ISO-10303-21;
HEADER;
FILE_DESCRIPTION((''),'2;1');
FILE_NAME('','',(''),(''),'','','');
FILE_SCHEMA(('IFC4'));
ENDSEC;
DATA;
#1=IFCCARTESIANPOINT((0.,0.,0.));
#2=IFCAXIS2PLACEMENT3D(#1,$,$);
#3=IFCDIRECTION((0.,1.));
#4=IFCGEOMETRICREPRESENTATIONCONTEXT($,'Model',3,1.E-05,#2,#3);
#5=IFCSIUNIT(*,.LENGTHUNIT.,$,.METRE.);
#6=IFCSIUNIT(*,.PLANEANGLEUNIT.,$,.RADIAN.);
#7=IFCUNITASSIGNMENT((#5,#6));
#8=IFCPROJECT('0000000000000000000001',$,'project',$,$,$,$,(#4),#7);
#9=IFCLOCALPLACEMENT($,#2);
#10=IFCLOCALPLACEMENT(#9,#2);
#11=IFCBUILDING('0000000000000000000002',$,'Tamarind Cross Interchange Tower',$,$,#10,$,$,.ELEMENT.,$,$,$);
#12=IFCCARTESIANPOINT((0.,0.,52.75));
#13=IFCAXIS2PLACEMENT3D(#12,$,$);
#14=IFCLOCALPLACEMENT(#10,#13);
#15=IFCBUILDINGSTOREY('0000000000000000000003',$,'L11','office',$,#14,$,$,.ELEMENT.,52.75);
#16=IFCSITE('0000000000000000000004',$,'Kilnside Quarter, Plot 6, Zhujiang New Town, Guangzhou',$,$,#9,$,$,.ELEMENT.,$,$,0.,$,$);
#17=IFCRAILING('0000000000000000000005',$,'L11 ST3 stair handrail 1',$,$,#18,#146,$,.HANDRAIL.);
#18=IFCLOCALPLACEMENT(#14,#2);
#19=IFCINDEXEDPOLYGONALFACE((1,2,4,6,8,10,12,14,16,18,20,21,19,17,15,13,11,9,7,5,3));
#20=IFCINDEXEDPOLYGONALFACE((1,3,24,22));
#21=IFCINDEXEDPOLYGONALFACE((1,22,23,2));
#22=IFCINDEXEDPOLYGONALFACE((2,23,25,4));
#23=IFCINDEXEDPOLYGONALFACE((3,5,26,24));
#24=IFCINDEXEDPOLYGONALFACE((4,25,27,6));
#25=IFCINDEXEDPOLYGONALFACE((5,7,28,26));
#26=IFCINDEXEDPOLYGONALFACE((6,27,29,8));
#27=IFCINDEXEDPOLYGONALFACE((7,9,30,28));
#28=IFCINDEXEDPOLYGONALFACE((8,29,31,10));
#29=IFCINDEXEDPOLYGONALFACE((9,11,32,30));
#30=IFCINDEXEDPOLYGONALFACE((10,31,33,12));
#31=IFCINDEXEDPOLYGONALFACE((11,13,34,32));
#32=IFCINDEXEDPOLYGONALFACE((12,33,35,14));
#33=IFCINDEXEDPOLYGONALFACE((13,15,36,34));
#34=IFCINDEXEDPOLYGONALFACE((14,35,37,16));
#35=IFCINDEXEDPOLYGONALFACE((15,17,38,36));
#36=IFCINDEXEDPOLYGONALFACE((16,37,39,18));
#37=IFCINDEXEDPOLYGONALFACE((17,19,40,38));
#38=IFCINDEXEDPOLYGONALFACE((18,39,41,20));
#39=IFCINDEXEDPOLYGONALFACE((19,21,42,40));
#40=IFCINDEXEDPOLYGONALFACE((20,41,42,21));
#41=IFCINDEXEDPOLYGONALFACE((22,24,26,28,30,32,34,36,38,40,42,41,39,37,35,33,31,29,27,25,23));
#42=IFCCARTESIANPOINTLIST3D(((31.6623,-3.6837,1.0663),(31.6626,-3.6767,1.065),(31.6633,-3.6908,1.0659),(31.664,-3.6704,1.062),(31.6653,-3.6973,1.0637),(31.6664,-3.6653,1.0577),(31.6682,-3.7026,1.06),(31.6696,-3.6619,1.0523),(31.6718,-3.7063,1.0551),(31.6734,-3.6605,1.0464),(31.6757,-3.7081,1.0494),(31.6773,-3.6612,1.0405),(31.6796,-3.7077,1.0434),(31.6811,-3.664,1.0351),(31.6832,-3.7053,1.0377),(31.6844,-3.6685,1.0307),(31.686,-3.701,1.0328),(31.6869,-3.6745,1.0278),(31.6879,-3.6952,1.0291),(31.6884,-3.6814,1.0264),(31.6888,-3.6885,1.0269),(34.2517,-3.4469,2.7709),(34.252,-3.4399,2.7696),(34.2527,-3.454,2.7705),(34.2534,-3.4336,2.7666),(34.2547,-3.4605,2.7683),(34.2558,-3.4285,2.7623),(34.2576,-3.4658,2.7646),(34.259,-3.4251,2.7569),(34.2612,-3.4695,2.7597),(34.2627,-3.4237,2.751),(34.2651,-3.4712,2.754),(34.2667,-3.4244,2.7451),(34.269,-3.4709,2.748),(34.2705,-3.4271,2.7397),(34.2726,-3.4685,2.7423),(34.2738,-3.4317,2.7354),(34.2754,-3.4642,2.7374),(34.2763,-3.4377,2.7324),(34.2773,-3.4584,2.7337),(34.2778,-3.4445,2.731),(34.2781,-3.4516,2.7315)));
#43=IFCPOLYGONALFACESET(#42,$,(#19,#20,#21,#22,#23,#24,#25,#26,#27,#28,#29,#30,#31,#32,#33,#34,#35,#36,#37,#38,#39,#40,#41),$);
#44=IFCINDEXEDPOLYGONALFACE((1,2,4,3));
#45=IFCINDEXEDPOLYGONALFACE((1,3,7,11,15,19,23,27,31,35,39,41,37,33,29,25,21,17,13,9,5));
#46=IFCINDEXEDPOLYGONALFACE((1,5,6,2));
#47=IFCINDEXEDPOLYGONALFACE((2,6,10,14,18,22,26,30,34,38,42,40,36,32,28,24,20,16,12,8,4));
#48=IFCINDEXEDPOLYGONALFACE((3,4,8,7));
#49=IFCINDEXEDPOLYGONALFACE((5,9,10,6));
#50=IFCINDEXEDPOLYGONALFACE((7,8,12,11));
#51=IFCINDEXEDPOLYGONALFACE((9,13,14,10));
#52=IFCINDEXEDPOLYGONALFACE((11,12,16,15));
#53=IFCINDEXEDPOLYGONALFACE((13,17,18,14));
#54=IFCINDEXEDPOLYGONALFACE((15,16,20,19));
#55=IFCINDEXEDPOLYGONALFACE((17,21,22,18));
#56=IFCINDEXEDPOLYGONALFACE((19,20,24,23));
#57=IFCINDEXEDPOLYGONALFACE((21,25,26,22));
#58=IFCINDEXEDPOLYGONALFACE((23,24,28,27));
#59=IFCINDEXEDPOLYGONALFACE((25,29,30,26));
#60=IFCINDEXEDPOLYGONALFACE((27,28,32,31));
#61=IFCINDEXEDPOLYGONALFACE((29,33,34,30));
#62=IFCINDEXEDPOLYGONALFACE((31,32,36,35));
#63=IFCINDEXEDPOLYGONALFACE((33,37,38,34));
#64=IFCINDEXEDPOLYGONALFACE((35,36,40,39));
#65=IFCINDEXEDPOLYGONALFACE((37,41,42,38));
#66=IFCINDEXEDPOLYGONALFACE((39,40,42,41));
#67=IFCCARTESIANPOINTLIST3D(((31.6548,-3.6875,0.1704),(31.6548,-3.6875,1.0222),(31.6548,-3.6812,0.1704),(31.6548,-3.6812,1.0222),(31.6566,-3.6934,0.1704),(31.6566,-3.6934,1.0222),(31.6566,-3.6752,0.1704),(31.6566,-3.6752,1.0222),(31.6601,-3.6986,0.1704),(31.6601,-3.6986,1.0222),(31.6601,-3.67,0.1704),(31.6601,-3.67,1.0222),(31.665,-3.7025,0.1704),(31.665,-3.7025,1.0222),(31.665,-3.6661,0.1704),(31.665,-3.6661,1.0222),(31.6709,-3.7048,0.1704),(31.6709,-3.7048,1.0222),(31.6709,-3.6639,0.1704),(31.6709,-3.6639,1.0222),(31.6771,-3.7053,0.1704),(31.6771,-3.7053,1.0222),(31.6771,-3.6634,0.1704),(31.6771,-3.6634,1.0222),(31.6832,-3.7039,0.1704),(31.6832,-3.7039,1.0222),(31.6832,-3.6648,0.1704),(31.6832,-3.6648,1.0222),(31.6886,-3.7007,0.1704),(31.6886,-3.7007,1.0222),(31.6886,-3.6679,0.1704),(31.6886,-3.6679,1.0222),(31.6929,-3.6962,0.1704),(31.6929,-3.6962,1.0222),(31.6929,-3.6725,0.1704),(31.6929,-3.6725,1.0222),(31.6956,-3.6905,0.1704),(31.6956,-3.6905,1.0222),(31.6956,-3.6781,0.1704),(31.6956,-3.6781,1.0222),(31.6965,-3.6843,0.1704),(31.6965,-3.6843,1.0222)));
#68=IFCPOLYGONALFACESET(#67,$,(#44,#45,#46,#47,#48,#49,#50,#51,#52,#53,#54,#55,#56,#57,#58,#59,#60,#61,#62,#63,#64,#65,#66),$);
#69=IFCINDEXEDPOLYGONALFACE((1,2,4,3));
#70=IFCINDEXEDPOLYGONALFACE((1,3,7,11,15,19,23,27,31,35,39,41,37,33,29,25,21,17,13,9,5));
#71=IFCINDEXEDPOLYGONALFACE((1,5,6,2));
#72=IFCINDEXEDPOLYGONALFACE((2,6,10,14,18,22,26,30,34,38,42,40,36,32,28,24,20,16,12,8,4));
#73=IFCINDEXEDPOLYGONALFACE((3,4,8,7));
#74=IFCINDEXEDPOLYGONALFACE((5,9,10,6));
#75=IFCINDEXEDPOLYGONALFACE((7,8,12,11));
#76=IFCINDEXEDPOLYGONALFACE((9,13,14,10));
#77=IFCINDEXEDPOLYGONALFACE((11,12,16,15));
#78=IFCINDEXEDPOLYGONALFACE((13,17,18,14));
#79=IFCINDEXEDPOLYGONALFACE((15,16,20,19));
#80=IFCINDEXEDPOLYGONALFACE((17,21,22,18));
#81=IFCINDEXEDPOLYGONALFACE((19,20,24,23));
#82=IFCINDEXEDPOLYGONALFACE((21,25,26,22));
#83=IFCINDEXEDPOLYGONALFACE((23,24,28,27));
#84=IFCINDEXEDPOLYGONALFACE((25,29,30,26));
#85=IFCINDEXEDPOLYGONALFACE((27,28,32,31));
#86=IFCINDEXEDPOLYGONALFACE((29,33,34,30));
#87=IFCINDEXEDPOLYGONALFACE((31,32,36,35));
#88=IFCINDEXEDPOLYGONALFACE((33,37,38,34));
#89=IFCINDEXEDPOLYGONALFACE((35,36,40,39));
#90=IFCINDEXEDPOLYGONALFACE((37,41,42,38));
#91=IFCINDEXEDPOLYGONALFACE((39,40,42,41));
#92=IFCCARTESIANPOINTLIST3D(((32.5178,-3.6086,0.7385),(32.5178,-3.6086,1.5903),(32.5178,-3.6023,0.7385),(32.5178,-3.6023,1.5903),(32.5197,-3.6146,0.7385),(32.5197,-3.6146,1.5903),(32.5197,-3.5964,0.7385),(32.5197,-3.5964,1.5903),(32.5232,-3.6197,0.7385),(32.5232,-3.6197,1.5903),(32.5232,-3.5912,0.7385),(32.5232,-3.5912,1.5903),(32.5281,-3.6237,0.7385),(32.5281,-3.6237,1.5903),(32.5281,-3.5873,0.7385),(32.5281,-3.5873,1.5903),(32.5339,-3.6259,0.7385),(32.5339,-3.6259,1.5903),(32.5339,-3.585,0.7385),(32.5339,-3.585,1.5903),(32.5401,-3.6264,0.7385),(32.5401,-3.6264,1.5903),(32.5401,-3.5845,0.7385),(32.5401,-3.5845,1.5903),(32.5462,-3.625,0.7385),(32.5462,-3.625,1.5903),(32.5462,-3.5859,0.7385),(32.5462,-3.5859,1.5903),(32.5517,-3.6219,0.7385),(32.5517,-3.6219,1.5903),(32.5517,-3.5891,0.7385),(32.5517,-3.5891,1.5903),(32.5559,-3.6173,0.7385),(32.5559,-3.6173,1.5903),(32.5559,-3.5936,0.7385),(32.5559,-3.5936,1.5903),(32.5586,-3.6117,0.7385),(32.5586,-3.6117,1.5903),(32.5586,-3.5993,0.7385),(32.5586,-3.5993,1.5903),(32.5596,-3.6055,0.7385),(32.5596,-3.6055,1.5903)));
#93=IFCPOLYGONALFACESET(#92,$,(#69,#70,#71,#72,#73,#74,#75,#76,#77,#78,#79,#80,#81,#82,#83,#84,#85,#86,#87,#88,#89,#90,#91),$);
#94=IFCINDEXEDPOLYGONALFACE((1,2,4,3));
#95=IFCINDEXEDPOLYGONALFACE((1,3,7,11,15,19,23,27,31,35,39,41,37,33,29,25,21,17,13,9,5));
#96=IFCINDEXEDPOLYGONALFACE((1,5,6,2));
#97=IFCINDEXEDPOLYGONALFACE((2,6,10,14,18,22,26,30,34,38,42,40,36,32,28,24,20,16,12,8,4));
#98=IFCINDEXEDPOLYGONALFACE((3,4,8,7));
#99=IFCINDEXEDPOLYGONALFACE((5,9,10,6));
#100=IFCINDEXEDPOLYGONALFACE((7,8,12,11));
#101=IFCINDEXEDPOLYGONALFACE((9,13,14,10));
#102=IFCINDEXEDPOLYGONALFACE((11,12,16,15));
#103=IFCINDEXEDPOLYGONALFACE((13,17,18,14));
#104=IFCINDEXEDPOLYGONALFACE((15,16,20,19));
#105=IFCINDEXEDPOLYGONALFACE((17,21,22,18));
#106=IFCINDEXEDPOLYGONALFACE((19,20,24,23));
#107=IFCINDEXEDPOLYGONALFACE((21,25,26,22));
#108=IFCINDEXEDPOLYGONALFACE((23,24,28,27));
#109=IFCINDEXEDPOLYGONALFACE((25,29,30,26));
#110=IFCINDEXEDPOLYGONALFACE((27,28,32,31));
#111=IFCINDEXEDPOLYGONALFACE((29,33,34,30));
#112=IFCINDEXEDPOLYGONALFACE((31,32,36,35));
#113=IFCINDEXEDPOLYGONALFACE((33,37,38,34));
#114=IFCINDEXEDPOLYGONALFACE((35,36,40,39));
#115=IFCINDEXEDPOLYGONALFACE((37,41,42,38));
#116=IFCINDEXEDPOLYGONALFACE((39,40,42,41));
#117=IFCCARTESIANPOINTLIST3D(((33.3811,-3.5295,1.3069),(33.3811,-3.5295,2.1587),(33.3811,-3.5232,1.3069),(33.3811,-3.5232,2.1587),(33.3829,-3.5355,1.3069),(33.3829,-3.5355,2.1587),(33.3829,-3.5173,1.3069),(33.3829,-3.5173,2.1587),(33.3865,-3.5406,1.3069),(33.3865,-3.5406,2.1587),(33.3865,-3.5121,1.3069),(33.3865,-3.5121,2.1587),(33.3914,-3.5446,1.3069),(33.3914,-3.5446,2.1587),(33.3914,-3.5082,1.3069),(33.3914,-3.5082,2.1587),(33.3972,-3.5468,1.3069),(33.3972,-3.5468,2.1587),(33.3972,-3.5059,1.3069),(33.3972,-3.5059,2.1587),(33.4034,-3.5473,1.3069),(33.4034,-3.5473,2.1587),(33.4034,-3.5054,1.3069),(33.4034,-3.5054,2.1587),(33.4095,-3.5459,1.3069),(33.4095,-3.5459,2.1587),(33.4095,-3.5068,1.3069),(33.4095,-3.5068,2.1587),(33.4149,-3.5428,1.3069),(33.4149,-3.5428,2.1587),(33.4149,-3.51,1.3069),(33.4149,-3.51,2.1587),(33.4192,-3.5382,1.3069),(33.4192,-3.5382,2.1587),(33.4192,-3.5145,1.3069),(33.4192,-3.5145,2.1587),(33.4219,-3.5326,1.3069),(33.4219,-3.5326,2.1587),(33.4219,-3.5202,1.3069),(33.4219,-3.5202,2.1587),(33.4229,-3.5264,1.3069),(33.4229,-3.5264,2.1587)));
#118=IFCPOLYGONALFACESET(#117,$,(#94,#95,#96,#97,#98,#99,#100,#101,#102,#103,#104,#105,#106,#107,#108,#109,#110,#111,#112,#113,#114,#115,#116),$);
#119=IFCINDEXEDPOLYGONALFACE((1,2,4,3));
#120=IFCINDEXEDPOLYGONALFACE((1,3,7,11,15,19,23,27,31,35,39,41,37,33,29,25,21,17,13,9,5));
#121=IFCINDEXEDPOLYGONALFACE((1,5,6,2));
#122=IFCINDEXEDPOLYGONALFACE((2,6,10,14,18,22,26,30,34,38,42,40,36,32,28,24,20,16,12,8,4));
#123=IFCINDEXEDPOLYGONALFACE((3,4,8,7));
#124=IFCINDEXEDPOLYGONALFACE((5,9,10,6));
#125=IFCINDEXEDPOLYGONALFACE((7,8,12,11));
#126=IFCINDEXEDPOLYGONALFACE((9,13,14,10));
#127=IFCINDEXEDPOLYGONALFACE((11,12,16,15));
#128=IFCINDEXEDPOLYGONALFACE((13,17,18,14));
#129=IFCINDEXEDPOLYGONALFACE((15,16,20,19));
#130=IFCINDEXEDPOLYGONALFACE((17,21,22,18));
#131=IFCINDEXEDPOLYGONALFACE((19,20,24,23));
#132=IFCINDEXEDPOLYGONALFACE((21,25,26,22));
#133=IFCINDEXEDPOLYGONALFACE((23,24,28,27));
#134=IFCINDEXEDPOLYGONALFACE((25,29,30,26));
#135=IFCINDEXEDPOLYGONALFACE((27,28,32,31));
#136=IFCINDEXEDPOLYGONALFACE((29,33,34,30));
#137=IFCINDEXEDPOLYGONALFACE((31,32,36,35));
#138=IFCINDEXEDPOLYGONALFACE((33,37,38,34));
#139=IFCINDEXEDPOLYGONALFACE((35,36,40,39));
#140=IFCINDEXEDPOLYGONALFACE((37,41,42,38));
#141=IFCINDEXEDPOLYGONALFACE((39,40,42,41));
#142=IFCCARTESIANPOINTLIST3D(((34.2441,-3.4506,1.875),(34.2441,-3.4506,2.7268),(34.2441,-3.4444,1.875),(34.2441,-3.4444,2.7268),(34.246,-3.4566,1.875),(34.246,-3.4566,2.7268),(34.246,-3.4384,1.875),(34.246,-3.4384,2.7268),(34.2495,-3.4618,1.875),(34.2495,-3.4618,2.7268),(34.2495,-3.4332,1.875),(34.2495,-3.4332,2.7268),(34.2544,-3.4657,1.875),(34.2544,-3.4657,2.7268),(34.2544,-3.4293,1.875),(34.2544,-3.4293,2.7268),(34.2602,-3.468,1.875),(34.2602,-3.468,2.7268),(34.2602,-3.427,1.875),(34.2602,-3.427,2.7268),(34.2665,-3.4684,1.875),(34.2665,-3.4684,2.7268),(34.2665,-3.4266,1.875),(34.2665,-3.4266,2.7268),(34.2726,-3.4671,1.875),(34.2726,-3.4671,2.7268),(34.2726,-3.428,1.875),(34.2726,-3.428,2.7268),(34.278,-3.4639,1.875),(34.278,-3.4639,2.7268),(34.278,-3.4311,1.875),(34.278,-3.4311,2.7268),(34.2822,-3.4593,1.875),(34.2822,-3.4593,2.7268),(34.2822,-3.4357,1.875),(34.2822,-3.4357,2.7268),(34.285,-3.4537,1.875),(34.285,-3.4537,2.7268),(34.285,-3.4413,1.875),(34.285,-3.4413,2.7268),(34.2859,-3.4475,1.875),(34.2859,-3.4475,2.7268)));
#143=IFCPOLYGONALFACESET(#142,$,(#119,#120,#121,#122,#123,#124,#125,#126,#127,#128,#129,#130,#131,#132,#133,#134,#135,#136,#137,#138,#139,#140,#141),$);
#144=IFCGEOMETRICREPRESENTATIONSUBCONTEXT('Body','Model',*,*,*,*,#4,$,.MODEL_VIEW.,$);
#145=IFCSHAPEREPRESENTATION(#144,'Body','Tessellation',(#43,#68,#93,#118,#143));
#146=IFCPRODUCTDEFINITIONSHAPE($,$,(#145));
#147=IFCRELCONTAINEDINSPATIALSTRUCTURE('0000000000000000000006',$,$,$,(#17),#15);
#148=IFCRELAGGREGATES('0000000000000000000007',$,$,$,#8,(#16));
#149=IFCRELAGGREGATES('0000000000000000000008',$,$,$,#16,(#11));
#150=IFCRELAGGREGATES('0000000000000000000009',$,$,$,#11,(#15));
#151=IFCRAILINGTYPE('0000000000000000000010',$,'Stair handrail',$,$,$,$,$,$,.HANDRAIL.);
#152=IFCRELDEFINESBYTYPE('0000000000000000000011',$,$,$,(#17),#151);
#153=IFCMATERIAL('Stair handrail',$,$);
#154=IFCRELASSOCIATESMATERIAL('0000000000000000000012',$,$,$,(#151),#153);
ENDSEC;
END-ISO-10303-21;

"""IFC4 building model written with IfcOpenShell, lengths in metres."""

from ifc_helpers import new_model, si_unit, direction, frame, origin, origin_2d, place, context, subcontext, project, spatial, circle, extrude, material, type_object, element, save


model = new_model("IFC4")

# Units and contexts
model_context = context("Model", 3, precision=1e-05, world=origin(), true_north=direction((0.0, 1.0)))
body_context = subcontext(model_context, "Body", "Model", "MODEL_VIEW")
ifc_project = project(units=[si_unit("LENGTHUNIT", "METRE"), si_unit("PLANEANGLEUNIT", "RADIAN")], contexts=[model_context])

# Site, building, storey
site_placement = place(None, origin())
site = spatial("IfcSite", under=ifc_project, at=site_placement, Name="Kilnside Quarter, Plot 6, Zhujiang New Town, Guangzhou", CompositionType="ELEMENT", RefElevation=0.0)
building_placement = place(site_placement, origin())
building = spatial("IfcBuilding", under=site, at=building_placement, Name="Tamarind Cross Interchange Tower", CompositionType="ELEMENT")
storey_placement = place(building_placement, frame((0.0, 0.0, 52.75)))
storey = spatial("IfcBuildingStorey", under=building, at=storey_placement, Name="L11", Description="office", CompositionType="ELEMENT", Elevation=52.75)

# Railing
ifc_material_1 = material(Name="Stair handrail")
railing_type_1 = type_object("IfcRailingType", Name="Stair handrail", PredefinedType="HANDRAIL", material=ifc_material_1)
railing_1_placement = place(storey_placement, frame((31.6755, -3.6843, 0.1704)))
element("IfcRailing", 1, at=railing_1_placement, inside=storey, type_object=railing_type_1, Name="L11 ST3 stair handrail 1", PredefinedType="HANDRAIL", context=body_context, shape_type="SweptSolid", body=[
    extrude(circle(Radius=0.0239, at=origin_2d()), frame((0.0, 0.0, 0.876), z_axis=(0.832833, 0.076169, 0.548259), x_axis=(-0.091078, 0.995844, 0.0)), (0.0, 0.0, 1.0), 3.1091),
    extrude(circle(Radius=0.021, at=origin_2d()), origin(), (0.0, 0.0, 1.0), 0.8518),
    extrude(circle(Radius=0.021, at=origin_2d()), frame((0.863, 0.0789, 0.5681)), (0.0, 0.0, 1.0), 0.8518),
    extrude(circle(Radius=0.021, at=origin_2d()), frame((1.7263, 0.158, 1.1365)), (0.0, 0.0, 1.0), 0.8518),
    extrude(circle(Radius=0.021, at=origin_2d()), frame((2.5894, 0.2368, 1.7046)), (0.0, 0.0, 1.0), 0.8518),
])

save(model, "model.ifc")
